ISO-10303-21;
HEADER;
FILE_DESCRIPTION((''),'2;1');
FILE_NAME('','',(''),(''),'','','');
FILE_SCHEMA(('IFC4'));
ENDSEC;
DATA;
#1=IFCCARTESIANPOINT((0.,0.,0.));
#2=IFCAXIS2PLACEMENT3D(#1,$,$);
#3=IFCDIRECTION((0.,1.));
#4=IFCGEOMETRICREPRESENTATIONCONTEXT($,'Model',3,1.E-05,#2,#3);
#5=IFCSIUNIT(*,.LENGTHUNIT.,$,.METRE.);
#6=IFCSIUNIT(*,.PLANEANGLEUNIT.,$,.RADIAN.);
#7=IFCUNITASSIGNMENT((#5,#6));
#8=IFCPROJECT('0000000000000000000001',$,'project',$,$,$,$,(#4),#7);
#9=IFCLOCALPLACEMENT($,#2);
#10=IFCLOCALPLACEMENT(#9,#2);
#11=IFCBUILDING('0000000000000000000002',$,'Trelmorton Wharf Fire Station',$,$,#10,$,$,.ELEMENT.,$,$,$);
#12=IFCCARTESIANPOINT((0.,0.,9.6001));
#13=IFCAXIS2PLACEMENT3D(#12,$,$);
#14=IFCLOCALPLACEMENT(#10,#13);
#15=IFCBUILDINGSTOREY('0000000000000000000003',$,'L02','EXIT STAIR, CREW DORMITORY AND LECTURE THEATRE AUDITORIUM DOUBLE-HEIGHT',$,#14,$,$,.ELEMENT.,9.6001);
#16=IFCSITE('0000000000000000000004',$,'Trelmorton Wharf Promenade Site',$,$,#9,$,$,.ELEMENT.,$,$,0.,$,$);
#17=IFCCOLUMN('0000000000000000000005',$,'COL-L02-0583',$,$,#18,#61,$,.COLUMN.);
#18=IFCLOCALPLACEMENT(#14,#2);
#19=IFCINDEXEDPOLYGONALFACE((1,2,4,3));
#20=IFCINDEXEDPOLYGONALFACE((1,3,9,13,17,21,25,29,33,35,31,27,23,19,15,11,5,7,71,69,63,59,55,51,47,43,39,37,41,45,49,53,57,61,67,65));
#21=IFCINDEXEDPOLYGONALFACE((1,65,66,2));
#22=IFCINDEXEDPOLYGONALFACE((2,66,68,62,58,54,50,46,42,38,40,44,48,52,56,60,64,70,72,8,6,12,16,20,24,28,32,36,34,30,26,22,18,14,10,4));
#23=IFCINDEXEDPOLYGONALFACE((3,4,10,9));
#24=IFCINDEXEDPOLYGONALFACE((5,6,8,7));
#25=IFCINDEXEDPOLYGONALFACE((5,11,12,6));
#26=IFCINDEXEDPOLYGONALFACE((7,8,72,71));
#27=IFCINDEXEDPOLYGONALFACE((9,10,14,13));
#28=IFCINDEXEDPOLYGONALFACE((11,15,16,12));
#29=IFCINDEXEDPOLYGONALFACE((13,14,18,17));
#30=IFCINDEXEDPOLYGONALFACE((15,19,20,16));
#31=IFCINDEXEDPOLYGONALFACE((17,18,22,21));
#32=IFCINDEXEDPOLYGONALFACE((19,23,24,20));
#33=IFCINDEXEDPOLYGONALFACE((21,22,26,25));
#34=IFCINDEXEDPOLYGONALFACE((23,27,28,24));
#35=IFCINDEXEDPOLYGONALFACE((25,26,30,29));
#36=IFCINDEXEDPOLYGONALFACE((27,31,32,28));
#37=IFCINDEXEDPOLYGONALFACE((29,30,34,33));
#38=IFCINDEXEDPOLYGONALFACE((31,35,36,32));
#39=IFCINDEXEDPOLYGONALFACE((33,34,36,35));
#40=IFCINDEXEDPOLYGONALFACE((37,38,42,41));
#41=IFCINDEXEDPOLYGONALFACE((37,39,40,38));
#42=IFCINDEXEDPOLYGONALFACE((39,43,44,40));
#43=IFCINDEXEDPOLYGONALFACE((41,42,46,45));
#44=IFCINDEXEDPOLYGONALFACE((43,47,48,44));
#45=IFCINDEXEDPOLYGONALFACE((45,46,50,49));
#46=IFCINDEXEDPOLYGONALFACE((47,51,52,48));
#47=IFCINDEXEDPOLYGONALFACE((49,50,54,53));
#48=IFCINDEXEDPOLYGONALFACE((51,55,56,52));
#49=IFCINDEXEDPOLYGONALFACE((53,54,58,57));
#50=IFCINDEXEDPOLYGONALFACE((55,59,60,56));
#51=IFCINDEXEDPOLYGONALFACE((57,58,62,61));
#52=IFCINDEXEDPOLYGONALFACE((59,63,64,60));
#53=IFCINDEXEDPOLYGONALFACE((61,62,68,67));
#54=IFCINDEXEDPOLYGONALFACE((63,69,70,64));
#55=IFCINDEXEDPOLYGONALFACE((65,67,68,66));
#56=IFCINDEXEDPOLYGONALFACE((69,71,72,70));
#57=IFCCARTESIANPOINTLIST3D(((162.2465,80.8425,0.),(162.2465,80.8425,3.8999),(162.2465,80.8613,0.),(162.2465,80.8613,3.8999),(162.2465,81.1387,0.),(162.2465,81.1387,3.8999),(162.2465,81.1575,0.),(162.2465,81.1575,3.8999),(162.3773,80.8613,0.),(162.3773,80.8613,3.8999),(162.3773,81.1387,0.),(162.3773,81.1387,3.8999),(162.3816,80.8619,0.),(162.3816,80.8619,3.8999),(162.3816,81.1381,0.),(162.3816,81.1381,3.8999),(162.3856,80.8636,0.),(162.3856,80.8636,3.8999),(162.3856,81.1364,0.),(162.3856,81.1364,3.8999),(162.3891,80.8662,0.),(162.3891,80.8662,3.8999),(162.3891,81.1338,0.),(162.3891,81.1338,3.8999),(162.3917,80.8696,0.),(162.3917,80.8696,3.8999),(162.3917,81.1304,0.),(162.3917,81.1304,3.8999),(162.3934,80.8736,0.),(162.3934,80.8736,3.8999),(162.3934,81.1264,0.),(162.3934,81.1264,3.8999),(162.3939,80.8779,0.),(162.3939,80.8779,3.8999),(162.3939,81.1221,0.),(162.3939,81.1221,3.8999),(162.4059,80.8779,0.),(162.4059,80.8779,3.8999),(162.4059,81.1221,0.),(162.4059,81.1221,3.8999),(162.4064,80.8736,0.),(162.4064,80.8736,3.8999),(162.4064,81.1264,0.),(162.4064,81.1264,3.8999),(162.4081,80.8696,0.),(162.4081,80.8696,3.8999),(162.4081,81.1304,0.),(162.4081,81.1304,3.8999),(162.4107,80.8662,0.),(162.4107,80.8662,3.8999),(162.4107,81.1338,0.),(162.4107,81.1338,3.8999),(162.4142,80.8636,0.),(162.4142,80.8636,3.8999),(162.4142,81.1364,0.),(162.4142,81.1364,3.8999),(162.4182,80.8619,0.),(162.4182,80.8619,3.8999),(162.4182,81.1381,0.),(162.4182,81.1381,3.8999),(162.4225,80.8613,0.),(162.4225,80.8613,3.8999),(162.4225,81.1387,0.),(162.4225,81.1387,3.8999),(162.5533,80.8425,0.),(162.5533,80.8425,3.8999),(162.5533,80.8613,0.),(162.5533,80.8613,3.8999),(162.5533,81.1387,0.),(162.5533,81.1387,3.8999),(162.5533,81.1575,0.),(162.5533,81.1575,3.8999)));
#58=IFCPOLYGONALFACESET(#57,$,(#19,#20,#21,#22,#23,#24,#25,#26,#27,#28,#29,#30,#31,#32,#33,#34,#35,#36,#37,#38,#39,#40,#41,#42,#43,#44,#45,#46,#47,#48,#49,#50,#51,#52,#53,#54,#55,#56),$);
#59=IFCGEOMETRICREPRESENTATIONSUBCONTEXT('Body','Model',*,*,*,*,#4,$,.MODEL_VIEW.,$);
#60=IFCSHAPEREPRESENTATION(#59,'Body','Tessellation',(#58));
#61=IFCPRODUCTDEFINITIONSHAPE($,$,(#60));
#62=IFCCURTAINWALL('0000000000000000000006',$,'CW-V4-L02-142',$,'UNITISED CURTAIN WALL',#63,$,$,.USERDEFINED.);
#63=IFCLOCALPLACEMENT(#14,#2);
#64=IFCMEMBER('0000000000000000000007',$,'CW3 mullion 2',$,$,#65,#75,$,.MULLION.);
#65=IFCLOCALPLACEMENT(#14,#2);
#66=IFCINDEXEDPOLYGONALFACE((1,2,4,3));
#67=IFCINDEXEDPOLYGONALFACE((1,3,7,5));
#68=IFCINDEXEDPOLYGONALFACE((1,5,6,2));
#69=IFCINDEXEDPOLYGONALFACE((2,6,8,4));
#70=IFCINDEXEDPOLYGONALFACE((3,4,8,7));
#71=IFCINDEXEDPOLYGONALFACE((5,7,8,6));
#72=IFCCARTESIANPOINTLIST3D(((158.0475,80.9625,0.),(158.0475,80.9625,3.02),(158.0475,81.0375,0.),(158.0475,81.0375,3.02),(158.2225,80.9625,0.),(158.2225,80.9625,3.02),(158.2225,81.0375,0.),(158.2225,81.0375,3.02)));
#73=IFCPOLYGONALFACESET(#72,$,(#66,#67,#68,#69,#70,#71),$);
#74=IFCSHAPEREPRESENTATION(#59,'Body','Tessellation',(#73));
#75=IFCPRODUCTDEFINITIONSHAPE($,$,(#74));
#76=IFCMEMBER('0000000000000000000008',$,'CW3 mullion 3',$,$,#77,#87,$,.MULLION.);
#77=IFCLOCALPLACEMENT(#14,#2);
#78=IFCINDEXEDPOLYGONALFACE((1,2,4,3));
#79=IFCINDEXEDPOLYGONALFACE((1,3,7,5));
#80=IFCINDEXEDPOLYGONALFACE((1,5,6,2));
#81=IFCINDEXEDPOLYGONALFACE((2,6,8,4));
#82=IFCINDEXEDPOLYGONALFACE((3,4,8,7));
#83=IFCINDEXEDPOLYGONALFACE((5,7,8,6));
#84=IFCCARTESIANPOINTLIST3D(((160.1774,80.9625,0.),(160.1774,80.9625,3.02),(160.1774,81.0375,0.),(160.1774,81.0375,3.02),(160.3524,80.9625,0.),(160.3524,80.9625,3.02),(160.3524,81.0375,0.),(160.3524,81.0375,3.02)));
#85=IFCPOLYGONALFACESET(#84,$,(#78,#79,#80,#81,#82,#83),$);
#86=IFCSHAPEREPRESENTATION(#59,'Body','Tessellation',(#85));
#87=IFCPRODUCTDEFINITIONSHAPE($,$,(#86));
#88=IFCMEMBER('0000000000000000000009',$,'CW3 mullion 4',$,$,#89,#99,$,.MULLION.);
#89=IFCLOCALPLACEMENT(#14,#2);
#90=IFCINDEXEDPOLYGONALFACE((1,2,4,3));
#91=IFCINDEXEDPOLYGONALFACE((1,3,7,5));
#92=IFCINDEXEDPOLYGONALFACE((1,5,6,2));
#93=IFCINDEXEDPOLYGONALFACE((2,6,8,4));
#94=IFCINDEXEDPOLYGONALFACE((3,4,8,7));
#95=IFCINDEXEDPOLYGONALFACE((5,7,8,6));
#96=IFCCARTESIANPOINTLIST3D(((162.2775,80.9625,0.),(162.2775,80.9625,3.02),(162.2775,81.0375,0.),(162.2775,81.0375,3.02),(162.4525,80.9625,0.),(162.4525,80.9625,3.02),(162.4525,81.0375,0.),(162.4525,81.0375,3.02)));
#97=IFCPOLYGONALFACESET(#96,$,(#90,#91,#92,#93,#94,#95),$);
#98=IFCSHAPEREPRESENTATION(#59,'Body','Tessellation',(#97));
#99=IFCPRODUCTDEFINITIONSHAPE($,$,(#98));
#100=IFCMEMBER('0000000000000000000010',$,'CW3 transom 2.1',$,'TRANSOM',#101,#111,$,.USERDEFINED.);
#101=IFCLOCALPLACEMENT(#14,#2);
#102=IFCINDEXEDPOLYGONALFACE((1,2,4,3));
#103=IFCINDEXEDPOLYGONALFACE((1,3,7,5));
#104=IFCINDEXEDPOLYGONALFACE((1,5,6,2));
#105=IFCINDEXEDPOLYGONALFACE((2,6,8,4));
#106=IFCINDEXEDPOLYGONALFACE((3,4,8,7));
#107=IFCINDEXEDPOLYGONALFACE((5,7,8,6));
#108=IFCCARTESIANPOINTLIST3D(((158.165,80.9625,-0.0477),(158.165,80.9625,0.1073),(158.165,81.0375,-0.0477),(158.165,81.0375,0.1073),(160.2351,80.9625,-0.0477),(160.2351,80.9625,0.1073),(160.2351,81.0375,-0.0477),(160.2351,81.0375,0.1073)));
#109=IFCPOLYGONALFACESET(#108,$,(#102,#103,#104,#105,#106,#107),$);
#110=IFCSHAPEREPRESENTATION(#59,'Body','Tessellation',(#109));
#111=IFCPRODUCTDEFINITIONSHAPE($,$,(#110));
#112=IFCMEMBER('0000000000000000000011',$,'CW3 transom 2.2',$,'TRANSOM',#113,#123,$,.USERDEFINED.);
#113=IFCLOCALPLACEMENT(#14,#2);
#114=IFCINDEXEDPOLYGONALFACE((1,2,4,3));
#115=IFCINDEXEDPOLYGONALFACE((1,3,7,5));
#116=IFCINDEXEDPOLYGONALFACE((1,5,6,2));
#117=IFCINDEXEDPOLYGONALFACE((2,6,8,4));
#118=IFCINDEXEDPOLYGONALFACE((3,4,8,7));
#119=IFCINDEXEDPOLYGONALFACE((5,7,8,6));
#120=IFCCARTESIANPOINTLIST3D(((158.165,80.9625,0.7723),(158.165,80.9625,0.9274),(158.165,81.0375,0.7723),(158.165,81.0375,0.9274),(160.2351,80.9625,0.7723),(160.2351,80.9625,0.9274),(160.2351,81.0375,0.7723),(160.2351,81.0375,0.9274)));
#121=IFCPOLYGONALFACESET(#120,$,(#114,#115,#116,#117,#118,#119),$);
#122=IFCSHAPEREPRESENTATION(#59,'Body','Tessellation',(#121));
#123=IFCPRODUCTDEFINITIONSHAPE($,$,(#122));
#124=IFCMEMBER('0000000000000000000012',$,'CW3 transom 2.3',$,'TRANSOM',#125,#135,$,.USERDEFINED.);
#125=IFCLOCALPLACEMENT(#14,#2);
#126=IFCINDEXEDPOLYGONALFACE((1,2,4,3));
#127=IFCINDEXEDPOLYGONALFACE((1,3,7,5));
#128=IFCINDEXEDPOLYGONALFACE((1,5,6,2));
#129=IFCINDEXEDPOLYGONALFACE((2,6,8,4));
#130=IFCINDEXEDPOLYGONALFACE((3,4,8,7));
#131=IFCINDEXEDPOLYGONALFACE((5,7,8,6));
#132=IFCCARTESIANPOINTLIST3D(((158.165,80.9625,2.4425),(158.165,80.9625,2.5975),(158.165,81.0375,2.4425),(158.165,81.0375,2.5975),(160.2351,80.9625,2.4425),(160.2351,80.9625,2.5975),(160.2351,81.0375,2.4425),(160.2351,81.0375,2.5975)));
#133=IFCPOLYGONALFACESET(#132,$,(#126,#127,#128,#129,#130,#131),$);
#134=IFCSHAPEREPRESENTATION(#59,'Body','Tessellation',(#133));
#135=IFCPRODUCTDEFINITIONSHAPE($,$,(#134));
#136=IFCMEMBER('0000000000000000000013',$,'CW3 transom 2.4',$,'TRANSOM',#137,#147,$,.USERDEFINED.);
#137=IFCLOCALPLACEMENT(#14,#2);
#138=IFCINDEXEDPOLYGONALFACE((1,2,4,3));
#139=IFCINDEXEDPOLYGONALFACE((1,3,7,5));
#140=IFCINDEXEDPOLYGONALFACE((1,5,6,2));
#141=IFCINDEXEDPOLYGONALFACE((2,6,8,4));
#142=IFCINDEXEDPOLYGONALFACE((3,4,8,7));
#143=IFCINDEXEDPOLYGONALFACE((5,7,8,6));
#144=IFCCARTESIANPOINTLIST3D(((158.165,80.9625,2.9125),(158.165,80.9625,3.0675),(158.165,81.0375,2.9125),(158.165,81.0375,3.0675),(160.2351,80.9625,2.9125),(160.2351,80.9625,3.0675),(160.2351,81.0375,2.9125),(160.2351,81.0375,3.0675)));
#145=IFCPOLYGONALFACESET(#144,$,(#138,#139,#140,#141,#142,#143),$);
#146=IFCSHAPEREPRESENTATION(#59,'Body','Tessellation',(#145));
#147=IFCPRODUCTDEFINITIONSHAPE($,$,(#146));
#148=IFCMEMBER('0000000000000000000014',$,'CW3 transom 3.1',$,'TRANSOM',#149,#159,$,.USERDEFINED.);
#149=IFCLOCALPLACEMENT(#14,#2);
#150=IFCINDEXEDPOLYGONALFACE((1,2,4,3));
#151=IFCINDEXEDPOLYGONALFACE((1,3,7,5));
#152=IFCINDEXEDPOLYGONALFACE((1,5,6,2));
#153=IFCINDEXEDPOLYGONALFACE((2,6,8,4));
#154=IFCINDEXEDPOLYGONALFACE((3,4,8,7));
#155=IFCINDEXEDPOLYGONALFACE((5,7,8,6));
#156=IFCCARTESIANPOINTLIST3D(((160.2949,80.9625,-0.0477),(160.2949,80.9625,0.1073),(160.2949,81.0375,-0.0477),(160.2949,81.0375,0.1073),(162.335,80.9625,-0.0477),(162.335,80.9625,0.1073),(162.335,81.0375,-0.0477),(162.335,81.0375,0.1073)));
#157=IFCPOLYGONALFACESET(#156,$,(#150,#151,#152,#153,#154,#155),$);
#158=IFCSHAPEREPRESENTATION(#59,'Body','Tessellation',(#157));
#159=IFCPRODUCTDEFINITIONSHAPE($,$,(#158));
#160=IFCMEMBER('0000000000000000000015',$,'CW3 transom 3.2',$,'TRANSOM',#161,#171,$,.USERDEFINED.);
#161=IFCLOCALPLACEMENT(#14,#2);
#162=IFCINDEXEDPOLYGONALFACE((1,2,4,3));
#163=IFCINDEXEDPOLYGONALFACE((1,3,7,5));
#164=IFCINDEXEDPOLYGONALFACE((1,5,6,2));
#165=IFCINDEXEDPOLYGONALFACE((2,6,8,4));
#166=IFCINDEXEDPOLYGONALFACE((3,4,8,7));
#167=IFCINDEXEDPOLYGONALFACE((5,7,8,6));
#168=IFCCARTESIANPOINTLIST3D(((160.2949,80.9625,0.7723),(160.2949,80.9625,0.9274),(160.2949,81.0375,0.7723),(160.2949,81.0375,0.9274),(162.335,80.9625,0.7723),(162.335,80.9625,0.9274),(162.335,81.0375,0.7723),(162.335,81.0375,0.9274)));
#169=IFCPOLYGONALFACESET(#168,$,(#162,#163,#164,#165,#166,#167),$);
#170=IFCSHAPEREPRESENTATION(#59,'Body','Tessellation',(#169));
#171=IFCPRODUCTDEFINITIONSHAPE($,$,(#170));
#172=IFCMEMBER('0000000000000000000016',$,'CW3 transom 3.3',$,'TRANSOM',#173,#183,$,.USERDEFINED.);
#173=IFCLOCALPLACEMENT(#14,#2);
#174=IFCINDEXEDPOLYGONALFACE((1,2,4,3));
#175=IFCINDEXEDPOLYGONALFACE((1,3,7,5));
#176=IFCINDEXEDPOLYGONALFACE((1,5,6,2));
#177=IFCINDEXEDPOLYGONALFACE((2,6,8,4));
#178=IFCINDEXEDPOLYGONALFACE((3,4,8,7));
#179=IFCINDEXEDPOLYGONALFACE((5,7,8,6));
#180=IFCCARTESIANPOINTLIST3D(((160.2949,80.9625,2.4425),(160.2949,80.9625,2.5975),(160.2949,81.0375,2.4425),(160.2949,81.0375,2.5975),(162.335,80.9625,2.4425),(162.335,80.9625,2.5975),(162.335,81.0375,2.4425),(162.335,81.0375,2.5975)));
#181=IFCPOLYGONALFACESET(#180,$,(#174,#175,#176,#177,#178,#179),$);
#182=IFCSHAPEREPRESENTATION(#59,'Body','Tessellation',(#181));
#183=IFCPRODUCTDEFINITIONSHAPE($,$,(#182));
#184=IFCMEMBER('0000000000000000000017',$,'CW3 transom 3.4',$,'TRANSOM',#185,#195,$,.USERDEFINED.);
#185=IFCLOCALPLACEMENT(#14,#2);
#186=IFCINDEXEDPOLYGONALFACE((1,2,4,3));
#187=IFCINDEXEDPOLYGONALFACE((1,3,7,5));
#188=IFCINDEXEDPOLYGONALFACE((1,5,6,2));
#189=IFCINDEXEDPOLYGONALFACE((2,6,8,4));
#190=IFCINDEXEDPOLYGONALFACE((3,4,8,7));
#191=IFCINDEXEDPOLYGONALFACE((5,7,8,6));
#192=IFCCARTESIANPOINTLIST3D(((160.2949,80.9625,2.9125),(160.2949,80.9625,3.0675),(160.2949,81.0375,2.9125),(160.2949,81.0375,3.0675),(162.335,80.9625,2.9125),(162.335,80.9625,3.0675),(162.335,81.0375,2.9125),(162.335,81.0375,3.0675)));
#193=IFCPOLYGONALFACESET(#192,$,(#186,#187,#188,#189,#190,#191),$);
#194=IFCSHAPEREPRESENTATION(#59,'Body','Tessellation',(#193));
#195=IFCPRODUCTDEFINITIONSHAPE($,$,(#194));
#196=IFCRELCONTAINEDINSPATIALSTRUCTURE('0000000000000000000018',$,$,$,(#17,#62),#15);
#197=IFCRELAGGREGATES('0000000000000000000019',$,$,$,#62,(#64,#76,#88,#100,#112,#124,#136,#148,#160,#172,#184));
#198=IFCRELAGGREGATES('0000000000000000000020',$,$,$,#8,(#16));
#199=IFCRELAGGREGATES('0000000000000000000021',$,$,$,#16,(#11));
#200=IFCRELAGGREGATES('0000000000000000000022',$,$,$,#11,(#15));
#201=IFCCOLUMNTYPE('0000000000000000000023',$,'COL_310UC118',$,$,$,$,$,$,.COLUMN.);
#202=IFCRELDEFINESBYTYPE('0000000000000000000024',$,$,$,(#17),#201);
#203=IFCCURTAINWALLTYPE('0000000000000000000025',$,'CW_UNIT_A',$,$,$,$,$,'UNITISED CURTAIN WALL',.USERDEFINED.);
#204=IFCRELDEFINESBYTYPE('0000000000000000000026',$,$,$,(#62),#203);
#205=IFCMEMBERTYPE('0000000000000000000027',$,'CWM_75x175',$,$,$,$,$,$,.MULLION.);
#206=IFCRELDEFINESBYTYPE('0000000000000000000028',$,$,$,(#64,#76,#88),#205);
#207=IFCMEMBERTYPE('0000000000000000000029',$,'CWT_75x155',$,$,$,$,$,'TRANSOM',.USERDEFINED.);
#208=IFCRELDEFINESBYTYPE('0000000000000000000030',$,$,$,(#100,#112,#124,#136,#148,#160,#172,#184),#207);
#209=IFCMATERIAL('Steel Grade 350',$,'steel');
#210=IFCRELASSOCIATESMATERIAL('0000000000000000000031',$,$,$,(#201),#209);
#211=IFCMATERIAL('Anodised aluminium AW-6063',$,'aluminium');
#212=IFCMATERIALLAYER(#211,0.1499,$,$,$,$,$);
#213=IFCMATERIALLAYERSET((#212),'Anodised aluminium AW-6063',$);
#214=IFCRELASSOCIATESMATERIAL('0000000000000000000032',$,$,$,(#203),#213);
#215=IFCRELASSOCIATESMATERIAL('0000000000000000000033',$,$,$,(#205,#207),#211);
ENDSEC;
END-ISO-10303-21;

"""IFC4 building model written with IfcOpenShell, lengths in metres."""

from ifc_helpers import new_model, si_unit, direction, frame, origin, origin_2d, place, context, subcontext, project, spatial, rectangle, i_section, extrude, material, layer, layer_set, material_profile, profile_set, type_object, element, aggregate, save


model = new_model("IFC4")

# Units and contexts
model_context = context("Model", 3, precision=1e-05, world=origin(), true_north=direction((0.0, 1.0)))
body_context = subcontext(model_context, "Body", "Model", "MODEL_VIEW")
ifc_project = project(units=[si_unit("LENGTHUNIT", "METRE"), si_unit("PLANEANGLEUNIT", "RADIAN")], contexts=[model_context])

# Site, building, storey
site_placement = place(None, origin())
site = spatial("IfcSite", under=ifc_project, at=site_placement, Name="Trelmorton Wharf Promenade Site", CompositionType="ELEMENT", RefElevation=0.0)
building_placement = place(site_placement, origin())
building = spatial("IfcBuilding", under=site, at=building_placement, Name="Trelmorton Wharf Fire Station", CompositionType="ELEMENT")
storey_placement = place(building_placement, frame((0.0, 0.0, 9.6001)))
storey = spatial("IfcBuildingStorey", under=building, at=storey_placement, Name="L02", Description="EXIT STAIR, CREW DORMITORY AND LECTURE THEATRE AUDITORIUM DOUBLE-HEIGHT", CompositionType="ELEMENT", Elevation=9.6001)

# Column
ifc_material_1 = material(Name="Steel Grade 350", Category="steel")
ifc_material_profile_1 = material_profile(ifc_material_1, i_section(OverallWidth=0.3069, OverallDepth=0.3149, WebThickness=0.012, FlangeThickness=0.0188, FilletRadius=0.0166, at=origin_2d()), Name="310UC118")
ifc_profile_set_1 = profile_set([ifc_material_profile_1], Name="Steel Grade 350")
column_type = type_object("IfcColumnType", Name="COL_310UC118", PredefinedType="COLUMN", material=ifc_profile_set_1)
column_placement = place(storey_placement, frame((162.3999, 81.0, 0.0), z_axis=(0.0, 0.0, 1.0), x_axis=(1.0, 0.0, 0.0)))
element("IfcColumn", 1, at=column_placement, inside=storey, type_object=column_type, Name="COL-L02-0583", PredefinedType="COLUMN", context=body_context, shape_type="SweptSolid", body=[
    extrude(i_section(OverallWidth=0.3069, OverallDepth=0.3149, WebThickness=0.012, FlangeThickness=0.0188, FilletRadius=0.0166, at=origin_2d()), origin(), (0.0, 0.0, 1.0), 3.8999),
])

# Curtain wall, members
ifc_material_2 = material(Name="Anodised aluminium AW-6063", Category="aluminium")
ifc_layer_1 = layer(ifc_material_2, 0.1499)
ifc_layer_set_1 = layer_set([ifc_layer_1], Name="Anodised aluminium AW-6063")
curtain_wall_type = type_object("IfcCurtainWallType", Name="CW_UNIT_A", ElementType="UNITISED CURTAIN WALL", PredefinedType="USERDEFINED", material=ifc_layer_set_1)
curtain_wall_placement = place(storey_placement, origin())
curtain_wall = element("IfcCurtainWall", 2, at=curtain_wall_placement, inside=storey, type_object=curtain_wall_type, Name="CW-V4-L02-142", ObjectType="UNITISED CURTAIN WALL", PredefinedType="USERDEFINED")
ifc_material_profile_2 = material_profile(ifc_material_2, rectangle(XDim=0.075, YDim=0.175, at=origin_2d()), Name="ALU-75x175")
ifc_profile_set_2 = profile_set([ifc_material_profile_2], Name="Anodised aluminium AW-6063")
member_type_1 = type_object("IfcMemberType", Name="CWM_75x175", PredefinedType="MULLION", material=ifc_profile_set_2)
member_1_placement = place(storey_placement, frame((158.135, 81.0, 0.0), z_axis=(0.0, 0.0, 1.0), x_axis=(0.0, 1.0, 0.0)))
member_1 = element("IfcMember", 3, at=member_1_placement, type_object=member_type_1, Name="CW3 mullion 2", PredefinedType="MULLION", context=body_context, shape_type="SweptSolid", body=[
    extrude(rectangle(XDim=0.075, YDim=0.175, at=origin_2d()), origin(), (0.0, 0.0, 1.0), 3.02),
])
member_2_placement = place(storey_placement, frame((160.2649, 81.0, 0.0), z_axis=(0.0, 0.0, 1.0), x_axis=(0.0, 1.0, 0.0)))
member_2 = element("IfcMember", 4, at=member_2_placement, type_object=member_type_1, Name="CW3 mullion 3", PredefinedType="MULLION", context=body_context, shape_type="SweptSolid", body=[
    extrude(rectangle(XDim=0.075, YDim=0.175, at=origin_2d()), origin(), (0.0, 0.0, 1.0), 3.02),
])
member_3_placement = place(storey_placement, frame((162.365, 81.0, 0.0), z_axis=(0.0, 0.0, 1.0), x_axis=(0.0, 1.0, 0.0)))
member_3 = element("IfcMember", 5, at=member_3_placement, type_object=member_type_1, Name="CW3 mullion 4", PredefinedType="MULLION", context=body_context, shape_type="SweptSolid", body=[
    extrude(rectangle(XDim=0.075, YDim=0.175, at=origin_2d()), origin(), (0.0, 0.0, 1.0), 3.02),
])
ifc_material_profile_3 = material_profile(ifc_material_2, rectangle(XDim=0.075, YDim=0.155, at=origin_2d()), Name="ALU-75x155")
ifc_profile_set_3 = profile_set([ifc_material_profile_3], Name="Anodised aluminium AW-6063")
member_type_2 = type_object("IfcMemberType", Name="CWT_75x155", ElementType="TRANSOM", PredefinedType="USERDEFINED", material=ifc_profile_set_3)
member_4_placement = place(storey_placement, frame((158.165, 81.0, 0.0298), z_axis=(1.0, 0.0, 0.0), x_axis=(0.0, 1.0, 0.0)))
member_4 = element("IfcMember", 6, at=member_4_placement, type_object=member_type_2, Name="CW3 transom 2.1", ObjectType="TRANSOM", PredefinedType="USERDEFINED", context=body_context, shape_type="SweptSolid", body=[
    extrude(rectangle(XDim=0.075, YDim=0.155, at=origin_2d()), origin(), (0.0, 0.0, 1.0), 2.0701),
])
member_5_placement = place(storey_placement, frame((158.165, 81.0, 0.8499), z_axis=(1.0, 0.0, 0.0), x_axis=(0.0, 1.0, 0.0)))
member_5 = element("IfcMember", 7, at=member_5_placement, type_object=member_type_2, Name="CW3 transom 2.2", ObjectType="TRANSOM", PredefinedType="USERDEFINED", context=body_context, shape_type="SweptSolid", body=[
    extrude(rectangle(XDim=0.075, YDim=0.155, at=origin_2d()), origin(), (0.0, 0.0, 1.0), 2.0701),
])
member_6_placement = place(storey_placement, frame((158.165, 81.0, 2.52), z_axis=(1.0, 0.0, 0.0), x_axis=(0.0, 1.0, 0.0)))
member_6 = element("IfcMember", 8, at=member_6_placement, type_object=member_type_2, Name="CW3 transom 2.3", ObjectType="TRANSOM", PredefinedType="USERDEFINED", context=body_context, shape_type="SweptSolid", body=[
    extrude(rectangle(XDim=0.075, YDim=0.155, at=origin_2d()), origin(), (0.0, 0.0, 1.0), 2.0701),
])
member_7_placement = place(storey_placement, frame((158.165, 81.0, 2.99), z_axis=(1.0, 0.0, 0.0), x_axis=(0.0, 1.0, 0.0)))
member_7 = element("IfcMember", 9, at=member_7_placement, type_object=member_type_2, Name="CW3 transom 2.4", ObjectType="TRANSOM", PredefinedType="USERDEFINED", context=body_context, shape_type="SweptSolid", body=[
    extrude(rectangle(XDim=0.075, YDim=0.155, at=origin_2d()), origin(), (0.0, 0.0, 1.0), 2.0701),
])
member_8_placement = place(storey_placement, frame((160.2949, 81.0, 0.0298), z_axis=(1.0, 0.0, 0.0), x_axis=(0.0, 1.0, 0.0)))
member_8 = element("IfcMember", 10, at=member_8_placement, type_object=member_type_2, Name="CW3 transom 3.1", ObjectType="TRANSOM", PredefinedType="USERDEFINED", context=body_context, shape_type="SweptSolid", body=[
    extrude(rectangle(XDim=0.075, YDim=0.155, at=origin_2d()), origin(), (0.0, 0.0, 1.0), 2.04),
])
member_9_placement = place(storey_placement, frame((160.2949, 81.0, 0.8499), z_axis=(1.0, 0.0, 0.0), x_axis=(0.0, 1.0, 0.0)))
member_9 = element("IfcMember", 11, at=member_9_placement, type_object=member_type_2, Name="CW3 transom 3.2", ObjectType="TRANSOM", PredefinedType="USERDEFINED", context=body_context, shape_type="SweptSolid", body=[
    extrude(rectangle(XDim=0.075, YDim=0.155, at=origin_2d()), origin(), (0.0, 0.0, 1.0), 2.04),
])
member_10_placement = place(storey_placement, frame((160.2949, 81.0, 2.52), z_axis=(1.0, 0.0, 0.0), x_axis=(0.0, 1.0, 0.0)))
member_10 = element("IfcMember", 12, at=member_10_placement, type_object=member_type_2, Name="CW3 transom 3.3", ObjectType="TRANSOM", PredefinedType="USERDEFINED", context=body_context, shape_type="SweptSolid", body=[
    extrude(rectangle(XDim=0.075, YDim=0.155, at=origin_2d()), origin(), (0.0, 0.0, 1.0), 2.04),
])
member_11_placement = place(storey_placement, frame((160.2949, 81.0, 2.99), z_axis=(1.0, 0.0, 0.0), x_axis=(0.0, 1.0, 0.0)))
member_11 = element("IfcMember", 13, at=member_11_placement, type_object=member_type_2, Name="CW3 transom 3.4", ObjectType="TRANSOM", PredefinedType="USERDEFINED", context=body_context, shape_type="SweptSolid", body=[
    extrude(rectangle(XDim=0.075, YDim=0.155, at=origin_2d()), origin(), (0.0, 0.0, 1.0), 2.04),
])
aggregate(curtain_wall, [member_1, member_2, member_3, member_4, member_5, member_6, member_7, member_8, member_9, member_10, member_11])

save(model, "model.ifc")
